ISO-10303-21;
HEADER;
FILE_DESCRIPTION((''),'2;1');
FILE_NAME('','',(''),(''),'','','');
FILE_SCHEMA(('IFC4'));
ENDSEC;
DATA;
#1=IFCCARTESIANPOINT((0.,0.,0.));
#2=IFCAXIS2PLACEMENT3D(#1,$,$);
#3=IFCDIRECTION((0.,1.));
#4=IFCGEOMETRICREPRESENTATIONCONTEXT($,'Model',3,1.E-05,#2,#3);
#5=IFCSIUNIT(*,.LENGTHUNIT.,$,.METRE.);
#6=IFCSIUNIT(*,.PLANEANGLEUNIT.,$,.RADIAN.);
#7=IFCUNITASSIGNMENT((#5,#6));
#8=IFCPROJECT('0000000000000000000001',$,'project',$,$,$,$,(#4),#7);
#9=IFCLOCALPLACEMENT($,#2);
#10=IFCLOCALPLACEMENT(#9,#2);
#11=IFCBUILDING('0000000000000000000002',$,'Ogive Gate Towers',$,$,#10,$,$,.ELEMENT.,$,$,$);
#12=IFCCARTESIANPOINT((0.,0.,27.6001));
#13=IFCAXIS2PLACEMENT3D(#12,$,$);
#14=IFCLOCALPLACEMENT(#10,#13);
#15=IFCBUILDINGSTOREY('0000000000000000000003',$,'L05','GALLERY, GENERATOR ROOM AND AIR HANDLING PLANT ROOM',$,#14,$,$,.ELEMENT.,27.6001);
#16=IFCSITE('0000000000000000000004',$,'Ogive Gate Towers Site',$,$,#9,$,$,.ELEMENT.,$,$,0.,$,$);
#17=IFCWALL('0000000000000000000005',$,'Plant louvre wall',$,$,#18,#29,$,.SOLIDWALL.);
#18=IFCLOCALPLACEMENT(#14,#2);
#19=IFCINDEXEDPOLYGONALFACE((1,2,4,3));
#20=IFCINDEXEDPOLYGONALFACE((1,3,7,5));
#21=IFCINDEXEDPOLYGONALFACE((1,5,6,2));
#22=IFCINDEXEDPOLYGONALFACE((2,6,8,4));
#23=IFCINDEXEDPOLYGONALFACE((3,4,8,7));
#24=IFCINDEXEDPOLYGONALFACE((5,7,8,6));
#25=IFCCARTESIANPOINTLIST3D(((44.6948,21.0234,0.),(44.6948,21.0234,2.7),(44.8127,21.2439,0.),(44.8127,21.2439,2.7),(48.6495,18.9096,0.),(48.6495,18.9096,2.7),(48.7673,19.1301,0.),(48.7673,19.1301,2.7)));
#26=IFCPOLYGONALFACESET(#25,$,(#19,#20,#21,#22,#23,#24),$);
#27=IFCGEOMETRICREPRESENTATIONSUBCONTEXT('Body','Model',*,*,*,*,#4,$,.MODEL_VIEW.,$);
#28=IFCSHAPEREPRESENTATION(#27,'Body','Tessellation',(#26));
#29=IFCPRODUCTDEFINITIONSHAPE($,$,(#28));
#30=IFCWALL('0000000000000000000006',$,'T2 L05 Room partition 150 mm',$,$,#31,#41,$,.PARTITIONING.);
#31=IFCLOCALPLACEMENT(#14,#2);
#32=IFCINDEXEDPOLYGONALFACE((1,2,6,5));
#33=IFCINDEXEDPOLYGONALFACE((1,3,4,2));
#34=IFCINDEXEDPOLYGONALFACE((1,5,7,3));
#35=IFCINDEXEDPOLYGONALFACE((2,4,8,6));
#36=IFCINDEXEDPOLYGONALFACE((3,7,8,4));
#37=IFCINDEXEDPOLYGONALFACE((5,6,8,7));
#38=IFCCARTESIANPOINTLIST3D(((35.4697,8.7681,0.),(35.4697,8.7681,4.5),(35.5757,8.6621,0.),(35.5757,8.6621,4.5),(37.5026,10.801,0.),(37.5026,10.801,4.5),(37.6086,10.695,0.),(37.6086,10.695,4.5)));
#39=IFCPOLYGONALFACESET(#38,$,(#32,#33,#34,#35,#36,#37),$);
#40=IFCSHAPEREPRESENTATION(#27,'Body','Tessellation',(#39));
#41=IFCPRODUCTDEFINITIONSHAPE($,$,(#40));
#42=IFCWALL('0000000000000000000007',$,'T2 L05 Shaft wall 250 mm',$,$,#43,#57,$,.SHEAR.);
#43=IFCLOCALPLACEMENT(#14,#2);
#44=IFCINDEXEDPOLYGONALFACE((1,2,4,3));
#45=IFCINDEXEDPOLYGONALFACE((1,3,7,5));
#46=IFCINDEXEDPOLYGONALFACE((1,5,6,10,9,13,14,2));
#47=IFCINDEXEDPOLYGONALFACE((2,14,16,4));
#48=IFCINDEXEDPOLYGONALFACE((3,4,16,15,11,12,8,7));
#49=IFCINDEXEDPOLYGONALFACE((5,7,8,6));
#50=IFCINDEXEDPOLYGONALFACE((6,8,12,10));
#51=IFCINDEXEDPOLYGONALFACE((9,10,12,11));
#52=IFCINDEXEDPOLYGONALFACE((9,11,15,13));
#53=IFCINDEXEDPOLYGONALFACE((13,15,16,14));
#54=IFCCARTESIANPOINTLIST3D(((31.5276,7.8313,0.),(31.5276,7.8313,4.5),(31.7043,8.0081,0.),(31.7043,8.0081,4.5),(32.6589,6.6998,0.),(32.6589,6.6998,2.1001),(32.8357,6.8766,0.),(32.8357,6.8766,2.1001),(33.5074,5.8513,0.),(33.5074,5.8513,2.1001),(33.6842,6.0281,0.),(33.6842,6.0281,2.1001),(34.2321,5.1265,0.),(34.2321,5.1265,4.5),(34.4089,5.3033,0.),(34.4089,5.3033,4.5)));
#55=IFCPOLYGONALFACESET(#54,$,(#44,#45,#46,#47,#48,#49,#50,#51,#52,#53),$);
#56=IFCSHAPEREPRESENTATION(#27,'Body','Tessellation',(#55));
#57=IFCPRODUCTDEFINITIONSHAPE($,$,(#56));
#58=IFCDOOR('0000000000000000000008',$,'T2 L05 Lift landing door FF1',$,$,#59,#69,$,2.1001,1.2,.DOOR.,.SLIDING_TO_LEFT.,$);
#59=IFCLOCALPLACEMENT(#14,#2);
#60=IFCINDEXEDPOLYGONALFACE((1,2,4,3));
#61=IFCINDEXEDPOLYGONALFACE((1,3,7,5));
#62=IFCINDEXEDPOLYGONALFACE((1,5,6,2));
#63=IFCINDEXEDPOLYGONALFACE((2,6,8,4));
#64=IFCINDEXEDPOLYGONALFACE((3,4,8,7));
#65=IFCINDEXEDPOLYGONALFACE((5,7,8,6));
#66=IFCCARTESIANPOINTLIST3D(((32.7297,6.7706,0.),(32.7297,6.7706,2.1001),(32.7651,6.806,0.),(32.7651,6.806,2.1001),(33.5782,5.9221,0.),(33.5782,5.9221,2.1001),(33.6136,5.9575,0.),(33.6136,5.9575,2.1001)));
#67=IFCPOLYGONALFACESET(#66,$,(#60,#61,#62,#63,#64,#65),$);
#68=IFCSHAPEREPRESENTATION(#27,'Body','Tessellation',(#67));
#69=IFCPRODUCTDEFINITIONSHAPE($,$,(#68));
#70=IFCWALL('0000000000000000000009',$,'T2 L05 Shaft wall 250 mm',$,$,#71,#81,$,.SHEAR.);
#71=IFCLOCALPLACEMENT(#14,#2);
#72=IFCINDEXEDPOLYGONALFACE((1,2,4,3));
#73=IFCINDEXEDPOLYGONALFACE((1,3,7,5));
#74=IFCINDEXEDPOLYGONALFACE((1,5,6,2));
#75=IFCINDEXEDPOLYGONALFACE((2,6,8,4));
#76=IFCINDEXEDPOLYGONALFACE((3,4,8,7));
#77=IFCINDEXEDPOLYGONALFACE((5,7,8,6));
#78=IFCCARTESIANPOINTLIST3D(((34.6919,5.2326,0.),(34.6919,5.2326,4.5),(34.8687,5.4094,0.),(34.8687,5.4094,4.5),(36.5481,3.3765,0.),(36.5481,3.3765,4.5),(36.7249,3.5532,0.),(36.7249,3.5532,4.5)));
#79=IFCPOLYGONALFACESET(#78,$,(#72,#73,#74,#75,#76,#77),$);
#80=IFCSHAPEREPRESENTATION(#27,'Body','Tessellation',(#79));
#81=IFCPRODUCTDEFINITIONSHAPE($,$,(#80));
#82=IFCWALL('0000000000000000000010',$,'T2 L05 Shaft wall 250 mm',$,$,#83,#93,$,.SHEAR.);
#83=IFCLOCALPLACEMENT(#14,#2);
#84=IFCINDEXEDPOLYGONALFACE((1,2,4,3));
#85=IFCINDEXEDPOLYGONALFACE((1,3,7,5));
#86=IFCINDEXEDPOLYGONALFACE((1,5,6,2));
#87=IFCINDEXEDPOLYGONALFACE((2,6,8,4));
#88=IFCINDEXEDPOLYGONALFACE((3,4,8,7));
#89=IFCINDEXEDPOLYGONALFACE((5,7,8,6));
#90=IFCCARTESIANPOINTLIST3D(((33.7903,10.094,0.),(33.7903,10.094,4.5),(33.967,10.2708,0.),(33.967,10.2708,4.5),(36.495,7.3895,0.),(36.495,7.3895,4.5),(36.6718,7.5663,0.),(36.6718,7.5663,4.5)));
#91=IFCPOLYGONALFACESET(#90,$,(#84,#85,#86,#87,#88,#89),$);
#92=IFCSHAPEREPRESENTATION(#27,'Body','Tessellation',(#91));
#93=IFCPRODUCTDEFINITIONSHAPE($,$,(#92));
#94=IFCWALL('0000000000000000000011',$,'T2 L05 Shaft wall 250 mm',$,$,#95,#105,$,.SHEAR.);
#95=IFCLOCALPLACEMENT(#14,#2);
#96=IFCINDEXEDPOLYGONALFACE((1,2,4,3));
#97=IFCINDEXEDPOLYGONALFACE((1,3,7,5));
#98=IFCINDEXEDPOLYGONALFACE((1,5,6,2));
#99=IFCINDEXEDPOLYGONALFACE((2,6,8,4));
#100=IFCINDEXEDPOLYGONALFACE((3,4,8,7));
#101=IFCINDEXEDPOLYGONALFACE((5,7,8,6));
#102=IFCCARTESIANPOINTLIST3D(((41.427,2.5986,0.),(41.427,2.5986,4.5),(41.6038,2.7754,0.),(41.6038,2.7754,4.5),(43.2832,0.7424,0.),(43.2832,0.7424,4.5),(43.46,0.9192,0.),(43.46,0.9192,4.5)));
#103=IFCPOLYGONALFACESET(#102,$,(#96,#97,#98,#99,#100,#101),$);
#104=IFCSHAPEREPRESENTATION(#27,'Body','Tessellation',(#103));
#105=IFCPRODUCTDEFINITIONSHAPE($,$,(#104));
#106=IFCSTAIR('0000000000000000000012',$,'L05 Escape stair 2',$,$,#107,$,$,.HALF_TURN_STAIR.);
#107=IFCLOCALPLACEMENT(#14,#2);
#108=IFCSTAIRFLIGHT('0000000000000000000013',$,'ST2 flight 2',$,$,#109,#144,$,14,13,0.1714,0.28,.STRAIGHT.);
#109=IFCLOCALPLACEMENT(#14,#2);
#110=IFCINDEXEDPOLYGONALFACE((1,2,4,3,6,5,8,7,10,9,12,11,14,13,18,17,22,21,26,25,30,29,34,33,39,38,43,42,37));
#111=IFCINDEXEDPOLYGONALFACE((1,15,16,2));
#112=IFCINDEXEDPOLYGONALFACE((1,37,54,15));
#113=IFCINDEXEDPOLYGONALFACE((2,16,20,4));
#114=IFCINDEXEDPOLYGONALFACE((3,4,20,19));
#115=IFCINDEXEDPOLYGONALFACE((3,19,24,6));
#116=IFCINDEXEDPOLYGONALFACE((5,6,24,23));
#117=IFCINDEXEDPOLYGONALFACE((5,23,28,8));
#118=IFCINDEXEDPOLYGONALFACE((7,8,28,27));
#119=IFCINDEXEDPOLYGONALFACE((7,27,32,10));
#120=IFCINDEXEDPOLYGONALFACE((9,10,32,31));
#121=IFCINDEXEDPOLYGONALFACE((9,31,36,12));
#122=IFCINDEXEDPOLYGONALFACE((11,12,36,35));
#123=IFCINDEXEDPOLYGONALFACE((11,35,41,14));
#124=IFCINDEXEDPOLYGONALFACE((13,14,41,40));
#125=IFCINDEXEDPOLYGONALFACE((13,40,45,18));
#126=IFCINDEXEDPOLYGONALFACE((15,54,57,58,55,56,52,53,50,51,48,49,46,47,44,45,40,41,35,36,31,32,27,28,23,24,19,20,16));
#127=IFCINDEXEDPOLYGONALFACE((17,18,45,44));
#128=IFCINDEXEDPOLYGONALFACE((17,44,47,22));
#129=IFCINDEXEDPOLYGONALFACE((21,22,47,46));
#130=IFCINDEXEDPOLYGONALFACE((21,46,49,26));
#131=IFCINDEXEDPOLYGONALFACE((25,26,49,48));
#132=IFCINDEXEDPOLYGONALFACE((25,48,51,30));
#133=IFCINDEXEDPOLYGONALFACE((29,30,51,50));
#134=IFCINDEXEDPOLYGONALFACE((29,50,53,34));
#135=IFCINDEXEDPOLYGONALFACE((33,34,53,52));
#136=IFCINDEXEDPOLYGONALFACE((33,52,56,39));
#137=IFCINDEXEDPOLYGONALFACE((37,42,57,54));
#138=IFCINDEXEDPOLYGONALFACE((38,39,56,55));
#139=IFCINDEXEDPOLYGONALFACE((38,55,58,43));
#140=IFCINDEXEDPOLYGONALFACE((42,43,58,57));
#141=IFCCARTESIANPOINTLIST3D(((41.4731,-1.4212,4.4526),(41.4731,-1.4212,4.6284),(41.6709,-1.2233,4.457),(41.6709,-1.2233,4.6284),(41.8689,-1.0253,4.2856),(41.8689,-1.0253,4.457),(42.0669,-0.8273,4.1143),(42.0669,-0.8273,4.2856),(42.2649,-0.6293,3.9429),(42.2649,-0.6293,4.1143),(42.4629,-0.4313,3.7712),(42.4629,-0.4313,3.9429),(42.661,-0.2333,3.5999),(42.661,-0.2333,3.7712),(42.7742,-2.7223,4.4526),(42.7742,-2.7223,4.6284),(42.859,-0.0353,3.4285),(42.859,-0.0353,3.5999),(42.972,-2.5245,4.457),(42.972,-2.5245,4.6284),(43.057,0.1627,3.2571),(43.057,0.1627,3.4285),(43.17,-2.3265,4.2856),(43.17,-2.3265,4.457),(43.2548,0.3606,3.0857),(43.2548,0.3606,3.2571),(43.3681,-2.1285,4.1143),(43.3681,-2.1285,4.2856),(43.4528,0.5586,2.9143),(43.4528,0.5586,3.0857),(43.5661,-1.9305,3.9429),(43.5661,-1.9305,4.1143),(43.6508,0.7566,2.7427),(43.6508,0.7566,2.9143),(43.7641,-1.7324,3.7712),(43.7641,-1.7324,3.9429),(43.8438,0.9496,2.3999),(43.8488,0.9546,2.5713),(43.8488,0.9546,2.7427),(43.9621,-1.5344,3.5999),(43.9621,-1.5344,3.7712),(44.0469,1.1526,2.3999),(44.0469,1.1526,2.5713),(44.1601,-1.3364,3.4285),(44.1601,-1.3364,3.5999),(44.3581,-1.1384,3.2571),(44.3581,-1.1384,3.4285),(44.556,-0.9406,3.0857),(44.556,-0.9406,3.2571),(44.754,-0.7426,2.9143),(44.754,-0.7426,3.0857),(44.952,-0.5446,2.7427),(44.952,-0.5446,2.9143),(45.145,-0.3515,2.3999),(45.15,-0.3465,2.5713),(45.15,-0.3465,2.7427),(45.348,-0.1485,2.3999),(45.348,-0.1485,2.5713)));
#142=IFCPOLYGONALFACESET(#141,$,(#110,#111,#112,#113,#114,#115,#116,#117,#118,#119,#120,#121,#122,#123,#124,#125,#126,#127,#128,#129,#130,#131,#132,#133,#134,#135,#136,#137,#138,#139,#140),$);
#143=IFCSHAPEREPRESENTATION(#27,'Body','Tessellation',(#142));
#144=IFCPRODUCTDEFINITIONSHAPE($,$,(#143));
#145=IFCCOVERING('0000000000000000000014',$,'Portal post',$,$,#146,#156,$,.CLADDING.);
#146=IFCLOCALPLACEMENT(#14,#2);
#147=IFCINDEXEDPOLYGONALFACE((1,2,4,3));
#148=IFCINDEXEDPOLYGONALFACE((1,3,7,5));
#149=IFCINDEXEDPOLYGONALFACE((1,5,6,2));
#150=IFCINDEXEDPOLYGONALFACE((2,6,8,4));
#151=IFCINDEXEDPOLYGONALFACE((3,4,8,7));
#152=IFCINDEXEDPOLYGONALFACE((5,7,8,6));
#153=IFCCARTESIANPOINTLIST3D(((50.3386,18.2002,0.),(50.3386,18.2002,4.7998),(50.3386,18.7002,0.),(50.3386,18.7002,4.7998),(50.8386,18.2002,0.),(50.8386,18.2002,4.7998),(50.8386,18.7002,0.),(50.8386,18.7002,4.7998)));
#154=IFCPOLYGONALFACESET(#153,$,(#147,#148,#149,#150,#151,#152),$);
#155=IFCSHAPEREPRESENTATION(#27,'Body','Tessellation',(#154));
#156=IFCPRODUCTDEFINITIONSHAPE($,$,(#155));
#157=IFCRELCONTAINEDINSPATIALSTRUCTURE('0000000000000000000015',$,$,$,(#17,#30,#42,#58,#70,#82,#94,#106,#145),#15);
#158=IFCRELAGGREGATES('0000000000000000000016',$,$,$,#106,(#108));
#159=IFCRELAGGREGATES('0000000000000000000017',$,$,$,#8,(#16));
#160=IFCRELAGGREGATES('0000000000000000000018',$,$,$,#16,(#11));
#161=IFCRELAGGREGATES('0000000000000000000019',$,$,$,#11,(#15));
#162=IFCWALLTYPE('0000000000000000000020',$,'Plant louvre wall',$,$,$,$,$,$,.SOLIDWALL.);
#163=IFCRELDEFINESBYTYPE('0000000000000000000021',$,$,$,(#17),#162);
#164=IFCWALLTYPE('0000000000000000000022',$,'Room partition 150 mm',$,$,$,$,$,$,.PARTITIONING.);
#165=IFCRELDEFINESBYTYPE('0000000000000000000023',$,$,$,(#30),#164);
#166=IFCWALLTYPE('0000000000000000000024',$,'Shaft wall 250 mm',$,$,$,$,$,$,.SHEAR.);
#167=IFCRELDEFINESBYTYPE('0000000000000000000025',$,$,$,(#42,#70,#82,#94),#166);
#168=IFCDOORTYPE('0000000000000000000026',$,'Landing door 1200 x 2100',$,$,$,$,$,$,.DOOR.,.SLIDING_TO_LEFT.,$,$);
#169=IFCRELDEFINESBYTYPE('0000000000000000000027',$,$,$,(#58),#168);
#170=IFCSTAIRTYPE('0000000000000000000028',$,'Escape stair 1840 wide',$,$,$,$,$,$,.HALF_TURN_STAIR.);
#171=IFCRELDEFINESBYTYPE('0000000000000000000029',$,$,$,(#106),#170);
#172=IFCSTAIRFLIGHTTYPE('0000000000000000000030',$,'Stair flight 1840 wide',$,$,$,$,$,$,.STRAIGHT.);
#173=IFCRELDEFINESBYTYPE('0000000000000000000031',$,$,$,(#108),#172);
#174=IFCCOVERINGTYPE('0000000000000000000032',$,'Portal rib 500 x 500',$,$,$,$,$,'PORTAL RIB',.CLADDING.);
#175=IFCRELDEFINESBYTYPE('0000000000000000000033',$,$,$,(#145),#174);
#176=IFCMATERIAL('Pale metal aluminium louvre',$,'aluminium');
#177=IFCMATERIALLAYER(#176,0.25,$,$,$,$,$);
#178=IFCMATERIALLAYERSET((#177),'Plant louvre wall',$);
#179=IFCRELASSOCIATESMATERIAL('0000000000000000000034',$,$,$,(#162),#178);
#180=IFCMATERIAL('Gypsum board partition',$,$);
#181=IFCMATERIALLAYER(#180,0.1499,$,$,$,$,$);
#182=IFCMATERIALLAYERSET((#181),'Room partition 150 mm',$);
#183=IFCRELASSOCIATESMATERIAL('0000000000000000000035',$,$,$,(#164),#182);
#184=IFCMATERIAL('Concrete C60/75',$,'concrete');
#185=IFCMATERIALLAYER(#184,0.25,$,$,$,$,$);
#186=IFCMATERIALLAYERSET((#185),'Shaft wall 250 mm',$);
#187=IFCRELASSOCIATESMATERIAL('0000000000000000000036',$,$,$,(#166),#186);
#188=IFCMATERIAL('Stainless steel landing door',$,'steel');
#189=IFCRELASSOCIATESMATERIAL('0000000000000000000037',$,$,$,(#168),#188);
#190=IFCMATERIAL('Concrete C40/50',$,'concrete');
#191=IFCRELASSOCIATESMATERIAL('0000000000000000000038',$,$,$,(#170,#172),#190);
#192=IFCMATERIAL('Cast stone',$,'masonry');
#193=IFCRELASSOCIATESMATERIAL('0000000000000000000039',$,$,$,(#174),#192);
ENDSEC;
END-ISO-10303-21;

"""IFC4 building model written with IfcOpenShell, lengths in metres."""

from ifc_helpers import new_model, si_unit, direction, frame, frame_2d, origin, origin_2d, place, context, subcontext, project, spatial, polyline, rectangle, outline, extrude, material, layer, layer_set, material_profile, profile_set, type_object, element, fill, aggregate, save


model = new_model("IFC4")

# Units and contexts
model_context = context("Model", 3, precision=1e-05, world=origin(), true_north=direction((0.0, 1.0)))
body_context = subcontext(model_context, "Body", "Model", "MODEL_VIEW")
ifc_project = project(units=[si_unit("LENGTHUNIT", "METRE"), si_unit("PLANEANGLEUNIT", "RADIAN")], contexts=[model_context])

# Site, building, storey
site_placement = place(None, origin())
site = spatial("IfcSite", under=ifc_project, at=site_placement, Name="Ogive Gate Towers Site", CompositionType="ELEMENT", RefElevation=0.0)
building_placement = place(site_placement, origin())
building = spatial("IfcBuilding", under=site, at=building_placement, Name="Ogive Gate Towers", CompositionType="ELEMENT")
storey_placement = place(building_placement, frame((0.0, 0.0, 27.6001)))
storey = spatial("IfcBuildingStorey", under=building, at=storey_placement, Name="L05", Description="GALLERY, GENERATOR ROOM AND AIR HANDLING PLANT ROOM", CompositionType="ELEMENT", Elevation=27.6001)

# Walls
ifc_material_1 = material(Name="Pale metal aluminium louvre", Category="aluminium")
ifc_layer_1 = layer(ifc_material_1, 0.25)
ifc_layer_set_1 = layer_set([ifc_layer_1], Name="Plant louvre wall")
wall_type_1 = type_object("IfcWallType", Name="Plant louvre wall", PredefinedType="SOLIDWALL", material=ifc_layer_set_1)
wall_1_placement = place(storey_placement, frame((48.7085, 19.0198, 0.0), z_axis=(0.0, 0.0, 1.0), x_axis=(-0.881922, 0.471396, 0.0)))
element("IfcWall", 1, at=wall_1_placement, inside=storey, type_object=wall_type_1, Name="Plant louvre wall", PredefinedType="SOLIDWALL", context=body_context, shape_type="SweptSolid", body=[
    extrude(rectangle(XDim=4.4841, YDim=0.25, at=frame_2d((2.2422, 0.0))), origin(), (0.0, 0.0, 1.0), 2.7),
])
ifc_material_2 = material(Name="Gypsum board partition")
ifc_layer_2 = layer(ifc_material_2, 0.1499)
ifc_layer_set_2 = layer_set([ifc_layer_2], Name="Room partition 150 mm")
wall_type_2 = type_object("IfcWallType", Name="Room partition 150 mm", PredefinedType="PARTITIONING", material=ifc_layer_set_2)
wall_2_placement = place(storey_placement, frame((35.5227, 8.7151, 0.0), z_axis=(0.0, 0.0, 1.0), x_axis=(0.707107, 0.707107, 0.0)))
element("IfcWall", 2, at=wall_2_placement, inside=storey, type_object=wall_type_2, Name="T2 L05 Room partition 150 mm", PredefinedType="PARTITIONING", context=body_context, shape_type="SweptSolid", body=[
    extrude(rectangle(XDim=2.875, YDim=0.1499, at=frame_2d((1.4375, 0.0))), origin(), (0.0, 0.0, 1.0), 4.5),
])

# Wall, opening, door
ifc_material_3 = material(Name="Concrete C60/75", Category="concrete")
ifc_layer_3 = layer(ifc_material_3, 0.25)
ifc_layer_set_3 = layer_set([ifc_layer_3], Name="Shaft wall 250 mm")
wall_type_3 = type_object("IfcWallType", Name="Shaft wall 250 mm", PredefinedType="SHEAR", material=ifc_layer_set_3)
wall_3_placement = place(storey_placement, frame((34.3206, 5.2148, 0.0), z_axis=(0.0, 0.0, 1.0), x_axis=(-0.707075, 0.707139, 0.0)))
wall_3 = element("IfcWall", 3, at=wall_3_placement, inside=storey, type_object=wall_type_3, Name="T2 L05 Shaft wall 250 mm", PredefinedType="SHEAR", context=body_context, shape_type="SweptSolid", body=[
    extrude(rectangle(XDim=3.825, YDim=0.25, at=frame_2d((1.9126, 0.0))), origin(), (0.0, 0.0, 1.0), 4.5),
])
opening_1_placement = place(wall_3_placement, frame((1.0249, 0.0, 0.0)))
opening_1 = element("IfcOpeningElement", 4, at=opening_1_placement, cuts=wall_3, PredefinedType="OPENING", context=body_context, shape_type="SweptSolid", body=[
    extrude(rectangle(XDim=1.2, YDim=2.1001, at=frame_2d((0.6001, 1.05))), frame((0.0, 0.135, 0.0), z_axis=(0.0, -1.0, 0.0), x_axis=(1.0, 0.0, 0.0)), (0.0, 0.0, 1.0), 0.27),
])
ifc_material_4 = material(Name="Stainless steel landing door", Category="steel")
door_type_1 = type_object("IfcDoorType", Name="Landing door 1200 x 2100", OperationType="SLIDING_TO_LEFT", PredefinedType="DOOR", material=ifc_material_4)
door_1_placement = place(opening_1_placement, origin())
door_1 = element("IfcDoor", 5, at=door_1_placement, inside=storey, type_object=door_type_1, Name="T2 L05 Lift landing door FF1", OperationType="SLIDING_TO_LEFT", OverallHeight=2.1001, OverallWidth=1.2, PredefinedType="DOOR", context=body_context, shape_type="SweptSolid", body=[
    extrude(rectangle(XDim=1.2, YDim=2.1001, at=frame_2d((0.6001, 1.05))), frame((0.0, 0.0249, 0.0), z_axis=(0.0, -1.0, 0.0), x_axis=(1.0, 0.0, 0.0)), (0.0, 0.0, 1.0), 0.05),
])
fill(opening_1, door_1)

# Walls
wall_4_placement = place(storey_placement, frame((36.6365, 3.4648, 0.0), z_axis=(0.0, 0.0, 1.0), x_axis=(-0.707107, 0.707107, 0.0)))
element("IfcWall", 6, at=wall_4_placement, inside=storey, type_object=wall_type_3, Name="T2 L05 Shaft wall 250 mm", PredefinedType="SHEAR", context=body_context, shape_type="SweptSolid", body=[
    extrude(rectangle(XDim=2.625, YDim=0.25, at=frame_2d((1.3125, 0.0))), origin(), (0.0, 0.0, 1.0), 4.5),
])
wall_5_placement = place(storey_placement, frame((36.5835, 7.4778, 0.0), z_axis=(0.0, 0.0, 1.0), x_axis=(-0.707139, 0.707075, 0.0)))
element("IfcWall", 7, at=wall_5_placement, inside=storey, type_object=wall_type_3, Name="T2 L05 Shaft wall 250 mm", PredefinedType="SHEAR", context=body_context, shape_type="SweptSolid", body=[
    extrude(rectangle(XDim=3.825, YDim=0.25, at=frame_2d((1.9126, 0.0))), origin(), (0.0, 0.0, 1.0), 4.5),
])
wall_6_placement = place(storey_placement, frame((43.3716, 0.8308, 0.0), z_axis=(0.0, 0.0, 1.0), x_axis=(-0.707107, 0.707107, 0.0)))
element("IfcWall", 8, at=wall_6_placement, inside=storey, type_object=wall_type_3, Name="T2 L05 Shaft wall 250 mm", PredefinedType="SHEAR", context=body_context, shape_type="SweptSolid", body=[
    extrude(rectangle(XDim=2.625, YDim=0.25, at=frame_2d((1.3125, 0.0))), origin(), (0.0, 0.0, 1.0), 4.5),
])

# Stair, stair flight
ifc_material_5 = material(Name="Concrete C40/50", Category="concrete")
stair_type = type_object("IfcStairType", Name="Escape stair 1840 wide", PredefinedType="HALF_TURN_STAIR", material=ifc_material_5)
stair_placement = place(storey_placement, origin())
stair = element("IfcStair", 9, at=stair_placement, inside=storey, type_object=stair_type, Name="L05 Escape stair 2", PredefinedType="HALF_TURN_STAIR")
stair_flight_type = type_object("IfcStairFlightType", Name="Stair flight 1840 wide", PredefinedType="STRAIGHT", material=ifc_material_5)
stair_flight_placement = place(storey_placement, frame((44.6975, 0.502, 2.3999), z_axis=(0.0, 0.0, 1.0), x_axis=(-0.707107, -0.707107, 0.0)))
stair_flight = element("IfcStairFlight", 10, at=stair_flight_placement, type_object=stair_flight_type, Name="ST2 flight 2", NumberOfRisers=14, NumberOfTreads=13, PredefinedType="STRAIGHT", RiserHeight=0.1714, TreadLength=0.28, context=body_context, shape_type="SweptSolid", body=[
    extrude(outline(polyline([(0.0, 0.0), (0.0, 0.1714), (0.28, 0.1714), (0.28, 0.3428), (0.5601, 0.3428), (0.5601, 0.5144), (0.8401, 0.5144), (0.8401, 0.6858), (1.1201, 0.6858), (1.1201, 0.8572), (1.3999, 0.8572), (1.3999, 1.0286), (1.6799, 1.0286), (1.6799, 1.2), (1.96, 1.2), (1.96, 1.3713), (2.24, 1.3713), (2.24, 1.543), (2.52, 1.543), (2.52, 1.7144), (2.8, 1.7144), (2.8, 1.8857), (3.0801, 1.8857), (3.0801, 2.0571), (3.3601, 2.0571), (3.3601, 2.2285), (3.6399, 2.2285), (3.6399, 2.3999), (3.6399, 2.0527), (0.2871, 0.0), (0.0, 0.0)])), frame((0.0, 0.9199, 0.0), z_axis=(0.0, -1.0, 0.0), x_axis=(1.0, 0.0, 0.0)), (0.0, 0.0, 1.0), 1.8401),
])
aggregate(stair, [stair_flight])

# Covering
ifc_material_6 = material(Name="Cast stone", Category="masonry")
ifc_material_profile_1 = material_profile(ifc_material_6, rectangle(XDim=0.5, YDim=0.5, at=origin_2d()), Name="500 x 500 cast stone")
ifc_profile_set_1 = profile_set([ifc_material_profile_1], Name="Cast stone")
covering_type = type_object("IfcCoveringType", Name="Portal rib 500 x 500", ElementType="PORTAL RIB", PredefinedType="CLADDING", material=ifc_profile_set_1)
covering_placement = place(storey_placement, frame((50.5886, 18.4502, 0.0), z_axis=(0.0, 0.0, 1.0), x_axis=(1.0, 0.0, 0.0)))
element("IfcCovering", 11, at=covering_placement, inside=storey, type_object=covering_type, Name="Portal post", PredefinedType="CLADDING", context=body_context, shape_type="SweptSolid", body=[
    extrude(rectangle(XDim=0.5, YDim=0.5, at=origin_2d()), origin(), (0.0, 0.0, 1.0), 4.7998),
])

save(model, "model.ifc")
